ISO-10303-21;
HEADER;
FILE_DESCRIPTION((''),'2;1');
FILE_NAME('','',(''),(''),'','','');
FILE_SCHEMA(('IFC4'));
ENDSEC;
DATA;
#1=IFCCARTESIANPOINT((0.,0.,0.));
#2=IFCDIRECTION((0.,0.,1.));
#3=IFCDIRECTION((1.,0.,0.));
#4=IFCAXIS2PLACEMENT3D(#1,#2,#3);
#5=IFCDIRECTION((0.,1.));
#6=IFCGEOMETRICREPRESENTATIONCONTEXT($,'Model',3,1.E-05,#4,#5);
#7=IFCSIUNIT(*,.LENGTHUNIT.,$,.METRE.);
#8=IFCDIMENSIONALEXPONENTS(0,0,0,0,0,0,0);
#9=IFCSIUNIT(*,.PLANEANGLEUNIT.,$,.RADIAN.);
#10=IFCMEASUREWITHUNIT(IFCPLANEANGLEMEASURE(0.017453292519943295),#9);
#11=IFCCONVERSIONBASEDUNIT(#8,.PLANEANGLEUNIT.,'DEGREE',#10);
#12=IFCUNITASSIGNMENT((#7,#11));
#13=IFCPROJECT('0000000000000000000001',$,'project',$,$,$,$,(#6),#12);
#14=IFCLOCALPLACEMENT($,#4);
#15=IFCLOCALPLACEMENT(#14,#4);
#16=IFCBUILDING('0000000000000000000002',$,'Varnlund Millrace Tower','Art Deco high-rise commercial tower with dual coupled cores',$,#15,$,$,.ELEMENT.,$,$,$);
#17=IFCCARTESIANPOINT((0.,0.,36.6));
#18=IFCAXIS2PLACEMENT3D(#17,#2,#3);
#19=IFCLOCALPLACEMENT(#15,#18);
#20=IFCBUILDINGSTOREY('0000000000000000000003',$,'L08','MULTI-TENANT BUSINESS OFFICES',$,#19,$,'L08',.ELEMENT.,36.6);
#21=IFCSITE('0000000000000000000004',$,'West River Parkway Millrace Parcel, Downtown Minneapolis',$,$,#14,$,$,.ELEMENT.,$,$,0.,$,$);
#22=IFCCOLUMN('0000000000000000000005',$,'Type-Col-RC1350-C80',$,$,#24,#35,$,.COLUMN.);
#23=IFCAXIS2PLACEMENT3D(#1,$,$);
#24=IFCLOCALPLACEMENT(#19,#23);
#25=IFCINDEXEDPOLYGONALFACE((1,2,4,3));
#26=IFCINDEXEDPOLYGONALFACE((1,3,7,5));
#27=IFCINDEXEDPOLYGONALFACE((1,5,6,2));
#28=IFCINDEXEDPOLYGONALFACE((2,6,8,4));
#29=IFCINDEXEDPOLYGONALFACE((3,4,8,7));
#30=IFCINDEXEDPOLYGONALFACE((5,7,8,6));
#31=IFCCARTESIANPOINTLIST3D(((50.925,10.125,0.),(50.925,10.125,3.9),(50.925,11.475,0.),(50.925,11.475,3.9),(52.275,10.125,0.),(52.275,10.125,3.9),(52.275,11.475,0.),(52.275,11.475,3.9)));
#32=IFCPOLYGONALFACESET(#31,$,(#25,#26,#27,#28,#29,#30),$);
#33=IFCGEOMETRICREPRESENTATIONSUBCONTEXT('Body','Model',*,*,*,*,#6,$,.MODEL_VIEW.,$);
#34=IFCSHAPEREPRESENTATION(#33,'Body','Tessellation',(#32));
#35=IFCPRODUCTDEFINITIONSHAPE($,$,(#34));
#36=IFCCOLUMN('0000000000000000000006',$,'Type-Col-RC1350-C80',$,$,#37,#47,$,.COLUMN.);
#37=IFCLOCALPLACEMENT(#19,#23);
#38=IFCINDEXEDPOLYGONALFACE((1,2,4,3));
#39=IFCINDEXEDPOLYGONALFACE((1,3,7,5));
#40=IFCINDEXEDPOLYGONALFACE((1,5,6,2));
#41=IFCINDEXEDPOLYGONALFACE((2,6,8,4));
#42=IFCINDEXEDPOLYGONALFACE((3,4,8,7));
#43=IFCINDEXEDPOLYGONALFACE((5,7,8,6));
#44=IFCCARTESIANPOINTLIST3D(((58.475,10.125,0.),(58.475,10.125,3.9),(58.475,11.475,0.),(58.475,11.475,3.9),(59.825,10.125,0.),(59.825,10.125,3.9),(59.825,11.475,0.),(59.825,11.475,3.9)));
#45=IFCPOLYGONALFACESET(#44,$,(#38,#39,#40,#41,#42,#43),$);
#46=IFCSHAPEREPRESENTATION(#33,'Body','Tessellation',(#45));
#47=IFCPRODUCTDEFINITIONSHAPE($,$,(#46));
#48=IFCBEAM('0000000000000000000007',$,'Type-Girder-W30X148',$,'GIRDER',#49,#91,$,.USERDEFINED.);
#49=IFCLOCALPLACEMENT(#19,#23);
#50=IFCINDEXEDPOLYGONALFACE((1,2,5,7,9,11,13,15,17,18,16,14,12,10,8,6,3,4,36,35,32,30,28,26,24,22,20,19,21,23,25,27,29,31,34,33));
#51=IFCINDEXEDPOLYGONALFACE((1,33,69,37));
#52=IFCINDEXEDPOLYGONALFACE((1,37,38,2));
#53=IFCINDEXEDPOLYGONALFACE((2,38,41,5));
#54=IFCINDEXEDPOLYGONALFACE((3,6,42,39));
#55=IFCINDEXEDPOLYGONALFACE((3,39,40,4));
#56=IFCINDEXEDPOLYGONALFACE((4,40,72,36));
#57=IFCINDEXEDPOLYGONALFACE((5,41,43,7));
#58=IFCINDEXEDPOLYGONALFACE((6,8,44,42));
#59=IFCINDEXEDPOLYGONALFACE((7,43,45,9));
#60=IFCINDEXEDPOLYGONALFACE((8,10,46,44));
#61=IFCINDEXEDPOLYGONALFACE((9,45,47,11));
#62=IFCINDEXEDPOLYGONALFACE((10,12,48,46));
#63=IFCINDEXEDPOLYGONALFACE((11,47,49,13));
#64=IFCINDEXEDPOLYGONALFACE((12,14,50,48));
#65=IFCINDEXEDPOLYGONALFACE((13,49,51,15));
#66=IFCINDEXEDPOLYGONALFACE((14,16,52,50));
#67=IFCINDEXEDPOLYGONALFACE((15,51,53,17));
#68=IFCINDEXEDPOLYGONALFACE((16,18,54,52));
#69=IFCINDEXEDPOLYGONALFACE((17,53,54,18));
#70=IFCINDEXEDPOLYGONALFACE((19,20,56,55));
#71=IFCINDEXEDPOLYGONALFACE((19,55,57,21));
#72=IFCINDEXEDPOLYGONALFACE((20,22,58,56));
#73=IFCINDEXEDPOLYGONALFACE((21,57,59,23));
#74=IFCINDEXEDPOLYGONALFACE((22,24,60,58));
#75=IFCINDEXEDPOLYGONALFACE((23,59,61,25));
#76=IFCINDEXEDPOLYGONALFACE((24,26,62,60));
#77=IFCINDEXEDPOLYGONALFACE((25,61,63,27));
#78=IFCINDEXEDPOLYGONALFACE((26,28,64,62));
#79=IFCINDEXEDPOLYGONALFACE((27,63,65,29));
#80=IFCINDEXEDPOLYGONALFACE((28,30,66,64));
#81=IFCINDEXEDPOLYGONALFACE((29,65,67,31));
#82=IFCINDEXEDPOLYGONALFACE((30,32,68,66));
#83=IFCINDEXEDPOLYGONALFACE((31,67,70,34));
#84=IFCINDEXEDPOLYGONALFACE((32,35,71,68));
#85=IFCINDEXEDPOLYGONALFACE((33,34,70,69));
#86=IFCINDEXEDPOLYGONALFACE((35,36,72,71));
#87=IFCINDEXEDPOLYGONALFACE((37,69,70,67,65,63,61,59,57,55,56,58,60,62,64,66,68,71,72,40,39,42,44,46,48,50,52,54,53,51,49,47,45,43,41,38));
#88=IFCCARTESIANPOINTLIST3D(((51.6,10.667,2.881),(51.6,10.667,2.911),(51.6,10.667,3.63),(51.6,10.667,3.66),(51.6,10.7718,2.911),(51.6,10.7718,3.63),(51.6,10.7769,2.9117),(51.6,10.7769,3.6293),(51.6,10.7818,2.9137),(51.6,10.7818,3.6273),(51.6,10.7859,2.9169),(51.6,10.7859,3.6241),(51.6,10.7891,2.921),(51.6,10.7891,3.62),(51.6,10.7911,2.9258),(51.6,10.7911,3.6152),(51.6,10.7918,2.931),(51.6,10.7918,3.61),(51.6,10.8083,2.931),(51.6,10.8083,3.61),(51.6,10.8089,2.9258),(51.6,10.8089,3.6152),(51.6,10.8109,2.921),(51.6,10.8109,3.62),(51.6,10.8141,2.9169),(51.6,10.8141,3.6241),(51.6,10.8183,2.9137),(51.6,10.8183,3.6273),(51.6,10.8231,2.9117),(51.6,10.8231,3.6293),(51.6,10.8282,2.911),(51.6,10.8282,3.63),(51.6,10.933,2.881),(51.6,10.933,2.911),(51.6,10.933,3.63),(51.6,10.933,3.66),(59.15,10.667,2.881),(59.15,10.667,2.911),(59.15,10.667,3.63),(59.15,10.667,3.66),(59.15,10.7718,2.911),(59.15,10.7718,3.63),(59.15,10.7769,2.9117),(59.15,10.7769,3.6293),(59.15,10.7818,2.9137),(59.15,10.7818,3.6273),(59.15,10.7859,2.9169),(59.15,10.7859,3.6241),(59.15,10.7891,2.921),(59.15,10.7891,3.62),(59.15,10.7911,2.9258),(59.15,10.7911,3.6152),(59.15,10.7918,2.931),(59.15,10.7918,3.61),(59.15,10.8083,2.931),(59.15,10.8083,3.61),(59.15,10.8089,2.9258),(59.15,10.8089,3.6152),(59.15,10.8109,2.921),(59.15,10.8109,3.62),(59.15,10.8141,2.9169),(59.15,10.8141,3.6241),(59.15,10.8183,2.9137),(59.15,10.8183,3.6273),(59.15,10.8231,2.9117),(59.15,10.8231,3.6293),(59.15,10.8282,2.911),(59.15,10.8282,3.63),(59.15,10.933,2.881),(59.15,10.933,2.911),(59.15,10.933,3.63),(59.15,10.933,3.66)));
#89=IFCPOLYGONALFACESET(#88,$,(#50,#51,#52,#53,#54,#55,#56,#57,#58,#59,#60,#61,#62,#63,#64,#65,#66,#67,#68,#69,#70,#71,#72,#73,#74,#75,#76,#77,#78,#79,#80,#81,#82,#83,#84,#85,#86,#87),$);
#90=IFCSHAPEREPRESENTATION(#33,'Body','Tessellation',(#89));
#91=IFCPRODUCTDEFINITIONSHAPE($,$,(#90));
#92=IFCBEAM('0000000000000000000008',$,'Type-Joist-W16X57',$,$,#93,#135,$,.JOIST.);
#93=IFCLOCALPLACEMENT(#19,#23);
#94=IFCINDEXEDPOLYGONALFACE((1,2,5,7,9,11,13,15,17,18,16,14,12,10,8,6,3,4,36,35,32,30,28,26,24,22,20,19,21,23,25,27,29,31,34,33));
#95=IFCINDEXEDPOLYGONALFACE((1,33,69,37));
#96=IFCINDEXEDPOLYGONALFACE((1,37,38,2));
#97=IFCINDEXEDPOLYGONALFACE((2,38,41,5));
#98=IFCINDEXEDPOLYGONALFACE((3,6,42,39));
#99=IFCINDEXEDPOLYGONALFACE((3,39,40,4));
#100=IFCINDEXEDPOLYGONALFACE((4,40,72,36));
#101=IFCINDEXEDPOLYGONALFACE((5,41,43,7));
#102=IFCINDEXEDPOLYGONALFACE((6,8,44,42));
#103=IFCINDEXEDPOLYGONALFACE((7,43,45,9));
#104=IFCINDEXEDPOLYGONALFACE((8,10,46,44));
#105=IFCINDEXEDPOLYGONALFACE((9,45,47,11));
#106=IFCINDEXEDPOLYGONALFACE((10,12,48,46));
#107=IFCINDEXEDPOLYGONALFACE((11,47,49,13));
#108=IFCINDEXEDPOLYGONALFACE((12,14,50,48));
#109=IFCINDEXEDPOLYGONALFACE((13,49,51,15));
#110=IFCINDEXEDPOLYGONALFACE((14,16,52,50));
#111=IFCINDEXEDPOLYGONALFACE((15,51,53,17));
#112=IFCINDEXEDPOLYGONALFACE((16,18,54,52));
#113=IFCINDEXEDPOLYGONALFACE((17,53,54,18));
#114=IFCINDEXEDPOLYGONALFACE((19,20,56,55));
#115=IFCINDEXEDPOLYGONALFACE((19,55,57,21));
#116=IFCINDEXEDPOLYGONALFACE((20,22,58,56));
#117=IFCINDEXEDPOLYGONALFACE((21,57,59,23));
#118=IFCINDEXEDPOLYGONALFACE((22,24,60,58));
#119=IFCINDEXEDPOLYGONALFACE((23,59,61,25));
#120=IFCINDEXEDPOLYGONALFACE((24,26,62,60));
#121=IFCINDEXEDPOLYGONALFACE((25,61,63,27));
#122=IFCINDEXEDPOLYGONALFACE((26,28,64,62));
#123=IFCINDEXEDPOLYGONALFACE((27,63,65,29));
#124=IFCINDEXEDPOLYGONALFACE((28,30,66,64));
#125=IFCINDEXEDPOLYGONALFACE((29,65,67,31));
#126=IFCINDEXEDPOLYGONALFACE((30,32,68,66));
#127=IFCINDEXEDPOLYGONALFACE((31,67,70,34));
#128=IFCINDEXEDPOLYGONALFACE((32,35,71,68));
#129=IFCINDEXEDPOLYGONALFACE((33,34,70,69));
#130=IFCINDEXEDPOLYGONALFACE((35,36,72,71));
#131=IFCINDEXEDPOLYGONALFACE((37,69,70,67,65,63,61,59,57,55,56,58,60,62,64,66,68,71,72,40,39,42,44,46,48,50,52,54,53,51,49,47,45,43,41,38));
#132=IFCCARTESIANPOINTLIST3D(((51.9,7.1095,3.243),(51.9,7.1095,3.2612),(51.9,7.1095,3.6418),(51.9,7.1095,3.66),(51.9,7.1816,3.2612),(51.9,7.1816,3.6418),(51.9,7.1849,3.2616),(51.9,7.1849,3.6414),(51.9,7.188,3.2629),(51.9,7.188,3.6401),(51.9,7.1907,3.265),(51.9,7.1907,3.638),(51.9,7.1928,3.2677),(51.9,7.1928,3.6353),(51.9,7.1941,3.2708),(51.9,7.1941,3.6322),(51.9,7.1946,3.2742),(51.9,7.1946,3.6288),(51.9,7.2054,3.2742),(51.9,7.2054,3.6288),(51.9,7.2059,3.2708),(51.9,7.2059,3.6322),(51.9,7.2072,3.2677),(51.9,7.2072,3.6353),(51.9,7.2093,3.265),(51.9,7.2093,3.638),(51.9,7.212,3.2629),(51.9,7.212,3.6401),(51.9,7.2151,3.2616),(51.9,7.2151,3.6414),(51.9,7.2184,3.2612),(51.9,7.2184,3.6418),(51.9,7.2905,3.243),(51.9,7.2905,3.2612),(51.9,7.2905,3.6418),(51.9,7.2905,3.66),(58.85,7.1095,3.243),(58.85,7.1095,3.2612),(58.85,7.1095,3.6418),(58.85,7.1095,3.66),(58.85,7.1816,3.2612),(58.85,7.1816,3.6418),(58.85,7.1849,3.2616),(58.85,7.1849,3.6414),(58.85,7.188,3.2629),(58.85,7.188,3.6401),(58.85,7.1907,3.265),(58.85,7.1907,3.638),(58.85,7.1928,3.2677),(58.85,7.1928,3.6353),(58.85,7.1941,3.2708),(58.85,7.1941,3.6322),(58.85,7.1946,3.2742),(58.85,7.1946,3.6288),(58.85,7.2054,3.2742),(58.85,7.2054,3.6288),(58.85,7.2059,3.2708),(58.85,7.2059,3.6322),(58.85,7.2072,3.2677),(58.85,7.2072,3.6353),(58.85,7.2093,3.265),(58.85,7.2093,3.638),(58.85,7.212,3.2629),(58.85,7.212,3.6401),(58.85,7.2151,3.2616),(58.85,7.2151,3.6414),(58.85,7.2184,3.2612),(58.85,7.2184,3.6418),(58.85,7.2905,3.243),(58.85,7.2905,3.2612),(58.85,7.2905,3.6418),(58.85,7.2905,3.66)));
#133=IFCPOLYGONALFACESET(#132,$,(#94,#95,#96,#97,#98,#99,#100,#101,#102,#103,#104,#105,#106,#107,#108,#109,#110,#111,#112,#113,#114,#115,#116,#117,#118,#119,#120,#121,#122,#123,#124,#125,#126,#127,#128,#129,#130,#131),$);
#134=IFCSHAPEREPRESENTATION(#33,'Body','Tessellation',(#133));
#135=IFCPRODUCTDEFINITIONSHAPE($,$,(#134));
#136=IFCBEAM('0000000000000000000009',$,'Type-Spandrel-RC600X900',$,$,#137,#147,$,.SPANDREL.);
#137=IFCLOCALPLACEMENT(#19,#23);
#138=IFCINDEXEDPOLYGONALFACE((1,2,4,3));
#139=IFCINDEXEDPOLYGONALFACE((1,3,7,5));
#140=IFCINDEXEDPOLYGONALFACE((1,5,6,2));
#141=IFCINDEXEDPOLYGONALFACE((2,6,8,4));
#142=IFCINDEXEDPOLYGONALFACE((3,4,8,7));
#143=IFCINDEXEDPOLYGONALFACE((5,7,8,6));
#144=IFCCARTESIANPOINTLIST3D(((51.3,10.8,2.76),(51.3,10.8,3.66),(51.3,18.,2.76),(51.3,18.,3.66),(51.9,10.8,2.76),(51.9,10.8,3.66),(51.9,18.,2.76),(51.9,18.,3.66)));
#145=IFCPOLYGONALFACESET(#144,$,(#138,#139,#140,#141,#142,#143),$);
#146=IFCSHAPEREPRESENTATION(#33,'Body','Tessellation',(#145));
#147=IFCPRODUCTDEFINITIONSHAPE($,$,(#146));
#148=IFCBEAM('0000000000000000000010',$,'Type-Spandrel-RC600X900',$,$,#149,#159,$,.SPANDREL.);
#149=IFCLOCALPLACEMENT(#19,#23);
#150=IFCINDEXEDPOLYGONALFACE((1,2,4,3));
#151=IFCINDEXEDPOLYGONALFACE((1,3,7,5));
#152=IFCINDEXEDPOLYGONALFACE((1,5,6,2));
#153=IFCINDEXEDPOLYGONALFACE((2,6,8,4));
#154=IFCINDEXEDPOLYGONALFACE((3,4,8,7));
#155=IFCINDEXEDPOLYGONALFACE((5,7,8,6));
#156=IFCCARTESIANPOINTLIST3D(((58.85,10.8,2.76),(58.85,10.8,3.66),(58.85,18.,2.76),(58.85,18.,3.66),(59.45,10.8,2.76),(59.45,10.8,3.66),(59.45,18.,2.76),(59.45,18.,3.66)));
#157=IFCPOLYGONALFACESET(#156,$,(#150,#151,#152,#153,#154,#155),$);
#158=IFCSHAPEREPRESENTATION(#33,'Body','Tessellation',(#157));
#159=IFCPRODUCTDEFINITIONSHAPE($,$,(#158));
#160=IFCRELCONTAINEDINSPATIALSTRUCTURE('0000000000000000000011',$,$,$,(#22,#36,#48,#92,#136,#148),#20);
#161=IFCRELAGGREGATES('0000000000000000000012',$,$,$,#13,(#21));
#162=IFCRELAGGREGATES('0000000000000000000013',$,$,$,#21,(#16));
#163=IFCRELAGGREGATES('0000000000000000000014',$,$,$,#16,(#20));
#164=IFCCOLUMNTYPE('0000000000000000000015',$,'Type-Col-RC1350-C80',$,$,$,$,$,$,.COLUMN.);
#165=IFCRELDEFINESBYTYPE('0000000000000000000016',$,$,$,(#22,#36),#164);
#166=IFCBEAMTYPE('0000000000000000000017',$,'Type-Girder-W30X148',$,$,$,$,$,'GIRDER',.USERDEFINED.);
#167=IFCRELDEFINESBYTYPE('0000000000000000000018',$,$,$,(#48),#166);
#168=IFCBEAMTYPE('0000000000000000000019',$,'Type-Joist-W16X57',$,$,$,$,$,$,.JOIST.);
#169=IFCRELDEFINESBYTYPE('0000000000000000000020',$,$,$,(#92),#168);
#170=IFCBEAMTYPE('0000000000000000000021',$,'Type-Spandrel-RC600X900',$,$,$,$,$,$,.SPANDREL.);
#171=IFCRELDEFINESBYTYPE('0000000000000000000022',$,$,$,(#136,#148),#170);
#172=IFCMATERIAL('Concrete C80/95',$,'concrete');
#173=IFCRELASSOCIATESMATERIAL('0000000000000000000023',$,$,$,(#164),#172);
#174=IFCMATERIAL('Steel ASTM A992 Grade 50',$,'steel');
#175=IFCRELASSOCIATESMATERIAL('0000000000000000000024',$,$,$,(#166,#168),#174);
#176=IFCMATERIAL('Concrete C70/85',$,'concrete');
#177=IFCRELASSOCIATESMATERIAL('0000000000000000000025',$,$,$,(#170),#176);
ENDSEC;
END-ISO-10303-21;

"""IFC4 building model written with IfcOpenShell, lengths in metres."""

from ifc_helpers import new_model, entity, si_unit, converted_unit, direction, frame, origin_with_axes, origin_2d_with_axis, place, context, subcontext, project, spatial, rectangle, i_section, extrude, material, material_profile, profile_set, type_object, element, save


model = new_model("IFC4")

# Units and contexts
model_context = context("Model", 3, precision=1e-05, world=origin_with_axes(), true_north=direction((0.0, 1.0)))
body_context = subcontext(model_context, "Body", "Model", "MODEL_VIEW")
ifc_project = project(units=[si_unit("LENGTHUNIT", "METRE"), converted_unit("PLANEANGLEUNIT", "DEGREE", entity("IfcPlaneAngleMeasure", 0.017453292519943295), si_unit("PLANEANGLEUNIT", "RADIAN"), dimensions=[0, 0, 0, 0, 0, 0, 0])], contexts=[model_context])

# Site, building, storey
site_placement = place(None, origin_with_axes())
site = spatial("IfcSite", under=ifc_project, at=site_placement, Name="West River Parkway Millrace Parcel, Downtown Minneapolis", CompositionType="ELEMENT", RefElevation=0.0)
building_placement = place(site_placement, origin_with_axes())
building = spatial("IfcBuilding", under=site, at=building_placement, Name="Varnlund Millrace Tower", Description="Art Deco high-rise commercial tower with dual coupled cores", CompositionType="ELEMENT")
storey_placement = place(building_placement, frame((0.0, 0.0, 36.6), z_axis=(0.0, 0.0, 1.0), x_axis=(1.0, 0.0, 0.0)))
storey = spatial("IfcBuildingStorey", under=building, at=storey_placement, Name="L08", Description="MULTI-TENANT BUSINESS OFFICES", LongName="L08", CompositionType="ELEMENT", Elevation=36.6)

# Columns
ifc_material_1 = material(Name="Concrete C80/95", Category="concrete")
ifc_material_profile_1 = material_profile(ifc_material_1, rectangle(XDim=1.35, YDim=1.35, at=origin_2d_with_axis()), Name="Concrete C80/95")
ifc_profile_set_1 = profile_set([ifc_material_profile_1], Name="Concrete C80/95")
column_type = type_object("IfcColumnType", Name="Type-Col-RC1350-C80", PredefinedType="COLUMN", material=ifc_profile_set_1)
for number, where, z_axis, x_axis, name in (
    (1, (51.6, 10.8, 0.0), (0.0, 0.0, 1.0), (1.0, 0.0, 0.0), "Type-Col-RC1350-C80"),
    (2, (59.15, 10.8, 0.0), (0.0, 0.0, 1.0), (1.0, 0.0, 0.0), "Type-Col-RC1350-C80"),
):
    element("IfcColumn", number, at=place(storey_placement, frame(where, z_axis=z_axis, x_axis=x_axis)), inside=storey, type_object=column_type, Name=name, PredefinedType="COLUMN", context=body_context, shape_type="SweptSolid", body=[
        extrude(rectangle(XDim=1.35, YDim=1.35, at=origin_2d_with_axis()), origin_with_axes(), (0.0, 0.0, 1.0), 3.9),
    ])

# Beams
ifc_material_2 = material(Name="Steel ASTM A992 Grade 50", Category="steel")
ifc_material_profile_2 = material_profile(ifc_material_2, i_section(OverallWidth=0.266, OverallDepth=0.779, WebThickness=0.0165, FlangeThickness=0.03, FilletRadius=0.02, at=origin_2d_with_axis()), Name="Steel ASTM A992 Grade 50")
ifc_profile_set_2 = profile_set([ifc_material_profile_2], Name="Steel ASTM A992 Grade 50")
beam_type_1 = type_object("IfcBeamType", Name="Type-Girder-W30X148", ElementType="GIRDER", PredefinedType="USERDEFINED", material=ifc_profile_set_2)
beam_1_placement = place(storey_placement, frame((51.6, 10.8, 3.2705), z_axis=(1.0, 0.0, 0.0), x_axis=(0.0, 1.0, 0.0)))
element("IfcBeam", 3, at=beam_1_placement, inside=storey, type_object=beam_type_1, Name="Type-Girder-W30X148", ObjectType="GIRDER", PredefinedType="USERDEFINED", context=body_context, shape_type="SweptSolid", body=[
    extrude(i_section(OverallWidth=0.266, OverallDepth=0.779, WebThickness=0.0165, FlangeThickness=0.03, FilletRadius=0.02, at=origin_2d_with_axis()), origin_with_axes(), (0.0, 0.0, 1.0), 7.55),
])
ifc_material_profile_3 = material_profile(ifc_material_2, i_section(OverallWidth=0.181, OverallDepth=0.417, WebThickness=0.0109, FlangeThickness=0.0182, FilletRadius=0.013, at=origin_2d_with_axis()), Name="Steel ASTM A992 Grade 50")
ifc_profile_set_3 = profile_set([ifc_material_profile_3], Name="Steel ASTM A992 Grade 50")
beam_type_2 = type_object("IfcBeamType", Name="Type-Joist-W16X57", PredefinedType="JOIST", material=ifc_profile_set_3)
beam_2_placement = place(storey_placement, frame((51.9, 7.2, 3.4515), z_axis=(1.0, 0.0, 0.0), x_axis=(0.0, 1.0, 0.0)))
element("IfcBeam", 4, at=beam_2_placement, inside=storey, type_object=beam_type_2, Name="Type-Joist-W16X57", PredefinedType="JOIST", context=body_context, shape_type="SweptSolid", body=[
    extrude(i_section(OverallWidth=0.181, OverallDepth=0.417, WebThickness=0.0109, FlangeThickness=0.0182, FilletRadius=0.013, at=origin_2d_with_axis()), origin_with_axes(), (0.0, 0.0, 1.0), 6.95),
])
ifc_material_3 = material(Name="Concrete C70/85", Category="concrete")
ifc_material_profile_4 = material_profile(ifc_material_3, rectangle(XDim=0.6, YDim=0.9, at=origin_2d_with_axis()), Name="Concrete C70/85")
ifc_profile_set_4 = profile_set([ifc_material_profile_4], Name="Concrete C70/85")
beam_type_3 = type_object("IfcBeamType", Name="Type-Spandrel-RC600X900", PredefinedType="SPANDREL", material=ifc_profile_set_4)
for number, where, z_axis, x_axis, name in (
    (5, (51.6, 10.8, 3.21), (0.0, 1.0, 0.0), (-1.0, 0.0, 0.0), "Type-Spandrel-RC600X900"),
    (6, (59.15, 10.8, 3.21), (0.0, 1.0, 0.0), (-1.0, 0.0, 0.0), "Type-Spandrel-RC600X900"),
):
    element("IfcBeam", number, at=place(storey_placement, frame(where, z_axis=z_axis, x_axis=x_axis)), inside=storey, type_object=beam_type_3, Name=name, PredefinedType="SPANDREL", context=body_context, shape_type="SweptSolid", body=[
        extrude(rectangle(XDim=0.6, YDim=0.9, at=origin_2d_with_axis()), origin_with_axes(), (0.0, 0.0, 1.0), 7.2),
    ])

save(model, "model.ifc")
